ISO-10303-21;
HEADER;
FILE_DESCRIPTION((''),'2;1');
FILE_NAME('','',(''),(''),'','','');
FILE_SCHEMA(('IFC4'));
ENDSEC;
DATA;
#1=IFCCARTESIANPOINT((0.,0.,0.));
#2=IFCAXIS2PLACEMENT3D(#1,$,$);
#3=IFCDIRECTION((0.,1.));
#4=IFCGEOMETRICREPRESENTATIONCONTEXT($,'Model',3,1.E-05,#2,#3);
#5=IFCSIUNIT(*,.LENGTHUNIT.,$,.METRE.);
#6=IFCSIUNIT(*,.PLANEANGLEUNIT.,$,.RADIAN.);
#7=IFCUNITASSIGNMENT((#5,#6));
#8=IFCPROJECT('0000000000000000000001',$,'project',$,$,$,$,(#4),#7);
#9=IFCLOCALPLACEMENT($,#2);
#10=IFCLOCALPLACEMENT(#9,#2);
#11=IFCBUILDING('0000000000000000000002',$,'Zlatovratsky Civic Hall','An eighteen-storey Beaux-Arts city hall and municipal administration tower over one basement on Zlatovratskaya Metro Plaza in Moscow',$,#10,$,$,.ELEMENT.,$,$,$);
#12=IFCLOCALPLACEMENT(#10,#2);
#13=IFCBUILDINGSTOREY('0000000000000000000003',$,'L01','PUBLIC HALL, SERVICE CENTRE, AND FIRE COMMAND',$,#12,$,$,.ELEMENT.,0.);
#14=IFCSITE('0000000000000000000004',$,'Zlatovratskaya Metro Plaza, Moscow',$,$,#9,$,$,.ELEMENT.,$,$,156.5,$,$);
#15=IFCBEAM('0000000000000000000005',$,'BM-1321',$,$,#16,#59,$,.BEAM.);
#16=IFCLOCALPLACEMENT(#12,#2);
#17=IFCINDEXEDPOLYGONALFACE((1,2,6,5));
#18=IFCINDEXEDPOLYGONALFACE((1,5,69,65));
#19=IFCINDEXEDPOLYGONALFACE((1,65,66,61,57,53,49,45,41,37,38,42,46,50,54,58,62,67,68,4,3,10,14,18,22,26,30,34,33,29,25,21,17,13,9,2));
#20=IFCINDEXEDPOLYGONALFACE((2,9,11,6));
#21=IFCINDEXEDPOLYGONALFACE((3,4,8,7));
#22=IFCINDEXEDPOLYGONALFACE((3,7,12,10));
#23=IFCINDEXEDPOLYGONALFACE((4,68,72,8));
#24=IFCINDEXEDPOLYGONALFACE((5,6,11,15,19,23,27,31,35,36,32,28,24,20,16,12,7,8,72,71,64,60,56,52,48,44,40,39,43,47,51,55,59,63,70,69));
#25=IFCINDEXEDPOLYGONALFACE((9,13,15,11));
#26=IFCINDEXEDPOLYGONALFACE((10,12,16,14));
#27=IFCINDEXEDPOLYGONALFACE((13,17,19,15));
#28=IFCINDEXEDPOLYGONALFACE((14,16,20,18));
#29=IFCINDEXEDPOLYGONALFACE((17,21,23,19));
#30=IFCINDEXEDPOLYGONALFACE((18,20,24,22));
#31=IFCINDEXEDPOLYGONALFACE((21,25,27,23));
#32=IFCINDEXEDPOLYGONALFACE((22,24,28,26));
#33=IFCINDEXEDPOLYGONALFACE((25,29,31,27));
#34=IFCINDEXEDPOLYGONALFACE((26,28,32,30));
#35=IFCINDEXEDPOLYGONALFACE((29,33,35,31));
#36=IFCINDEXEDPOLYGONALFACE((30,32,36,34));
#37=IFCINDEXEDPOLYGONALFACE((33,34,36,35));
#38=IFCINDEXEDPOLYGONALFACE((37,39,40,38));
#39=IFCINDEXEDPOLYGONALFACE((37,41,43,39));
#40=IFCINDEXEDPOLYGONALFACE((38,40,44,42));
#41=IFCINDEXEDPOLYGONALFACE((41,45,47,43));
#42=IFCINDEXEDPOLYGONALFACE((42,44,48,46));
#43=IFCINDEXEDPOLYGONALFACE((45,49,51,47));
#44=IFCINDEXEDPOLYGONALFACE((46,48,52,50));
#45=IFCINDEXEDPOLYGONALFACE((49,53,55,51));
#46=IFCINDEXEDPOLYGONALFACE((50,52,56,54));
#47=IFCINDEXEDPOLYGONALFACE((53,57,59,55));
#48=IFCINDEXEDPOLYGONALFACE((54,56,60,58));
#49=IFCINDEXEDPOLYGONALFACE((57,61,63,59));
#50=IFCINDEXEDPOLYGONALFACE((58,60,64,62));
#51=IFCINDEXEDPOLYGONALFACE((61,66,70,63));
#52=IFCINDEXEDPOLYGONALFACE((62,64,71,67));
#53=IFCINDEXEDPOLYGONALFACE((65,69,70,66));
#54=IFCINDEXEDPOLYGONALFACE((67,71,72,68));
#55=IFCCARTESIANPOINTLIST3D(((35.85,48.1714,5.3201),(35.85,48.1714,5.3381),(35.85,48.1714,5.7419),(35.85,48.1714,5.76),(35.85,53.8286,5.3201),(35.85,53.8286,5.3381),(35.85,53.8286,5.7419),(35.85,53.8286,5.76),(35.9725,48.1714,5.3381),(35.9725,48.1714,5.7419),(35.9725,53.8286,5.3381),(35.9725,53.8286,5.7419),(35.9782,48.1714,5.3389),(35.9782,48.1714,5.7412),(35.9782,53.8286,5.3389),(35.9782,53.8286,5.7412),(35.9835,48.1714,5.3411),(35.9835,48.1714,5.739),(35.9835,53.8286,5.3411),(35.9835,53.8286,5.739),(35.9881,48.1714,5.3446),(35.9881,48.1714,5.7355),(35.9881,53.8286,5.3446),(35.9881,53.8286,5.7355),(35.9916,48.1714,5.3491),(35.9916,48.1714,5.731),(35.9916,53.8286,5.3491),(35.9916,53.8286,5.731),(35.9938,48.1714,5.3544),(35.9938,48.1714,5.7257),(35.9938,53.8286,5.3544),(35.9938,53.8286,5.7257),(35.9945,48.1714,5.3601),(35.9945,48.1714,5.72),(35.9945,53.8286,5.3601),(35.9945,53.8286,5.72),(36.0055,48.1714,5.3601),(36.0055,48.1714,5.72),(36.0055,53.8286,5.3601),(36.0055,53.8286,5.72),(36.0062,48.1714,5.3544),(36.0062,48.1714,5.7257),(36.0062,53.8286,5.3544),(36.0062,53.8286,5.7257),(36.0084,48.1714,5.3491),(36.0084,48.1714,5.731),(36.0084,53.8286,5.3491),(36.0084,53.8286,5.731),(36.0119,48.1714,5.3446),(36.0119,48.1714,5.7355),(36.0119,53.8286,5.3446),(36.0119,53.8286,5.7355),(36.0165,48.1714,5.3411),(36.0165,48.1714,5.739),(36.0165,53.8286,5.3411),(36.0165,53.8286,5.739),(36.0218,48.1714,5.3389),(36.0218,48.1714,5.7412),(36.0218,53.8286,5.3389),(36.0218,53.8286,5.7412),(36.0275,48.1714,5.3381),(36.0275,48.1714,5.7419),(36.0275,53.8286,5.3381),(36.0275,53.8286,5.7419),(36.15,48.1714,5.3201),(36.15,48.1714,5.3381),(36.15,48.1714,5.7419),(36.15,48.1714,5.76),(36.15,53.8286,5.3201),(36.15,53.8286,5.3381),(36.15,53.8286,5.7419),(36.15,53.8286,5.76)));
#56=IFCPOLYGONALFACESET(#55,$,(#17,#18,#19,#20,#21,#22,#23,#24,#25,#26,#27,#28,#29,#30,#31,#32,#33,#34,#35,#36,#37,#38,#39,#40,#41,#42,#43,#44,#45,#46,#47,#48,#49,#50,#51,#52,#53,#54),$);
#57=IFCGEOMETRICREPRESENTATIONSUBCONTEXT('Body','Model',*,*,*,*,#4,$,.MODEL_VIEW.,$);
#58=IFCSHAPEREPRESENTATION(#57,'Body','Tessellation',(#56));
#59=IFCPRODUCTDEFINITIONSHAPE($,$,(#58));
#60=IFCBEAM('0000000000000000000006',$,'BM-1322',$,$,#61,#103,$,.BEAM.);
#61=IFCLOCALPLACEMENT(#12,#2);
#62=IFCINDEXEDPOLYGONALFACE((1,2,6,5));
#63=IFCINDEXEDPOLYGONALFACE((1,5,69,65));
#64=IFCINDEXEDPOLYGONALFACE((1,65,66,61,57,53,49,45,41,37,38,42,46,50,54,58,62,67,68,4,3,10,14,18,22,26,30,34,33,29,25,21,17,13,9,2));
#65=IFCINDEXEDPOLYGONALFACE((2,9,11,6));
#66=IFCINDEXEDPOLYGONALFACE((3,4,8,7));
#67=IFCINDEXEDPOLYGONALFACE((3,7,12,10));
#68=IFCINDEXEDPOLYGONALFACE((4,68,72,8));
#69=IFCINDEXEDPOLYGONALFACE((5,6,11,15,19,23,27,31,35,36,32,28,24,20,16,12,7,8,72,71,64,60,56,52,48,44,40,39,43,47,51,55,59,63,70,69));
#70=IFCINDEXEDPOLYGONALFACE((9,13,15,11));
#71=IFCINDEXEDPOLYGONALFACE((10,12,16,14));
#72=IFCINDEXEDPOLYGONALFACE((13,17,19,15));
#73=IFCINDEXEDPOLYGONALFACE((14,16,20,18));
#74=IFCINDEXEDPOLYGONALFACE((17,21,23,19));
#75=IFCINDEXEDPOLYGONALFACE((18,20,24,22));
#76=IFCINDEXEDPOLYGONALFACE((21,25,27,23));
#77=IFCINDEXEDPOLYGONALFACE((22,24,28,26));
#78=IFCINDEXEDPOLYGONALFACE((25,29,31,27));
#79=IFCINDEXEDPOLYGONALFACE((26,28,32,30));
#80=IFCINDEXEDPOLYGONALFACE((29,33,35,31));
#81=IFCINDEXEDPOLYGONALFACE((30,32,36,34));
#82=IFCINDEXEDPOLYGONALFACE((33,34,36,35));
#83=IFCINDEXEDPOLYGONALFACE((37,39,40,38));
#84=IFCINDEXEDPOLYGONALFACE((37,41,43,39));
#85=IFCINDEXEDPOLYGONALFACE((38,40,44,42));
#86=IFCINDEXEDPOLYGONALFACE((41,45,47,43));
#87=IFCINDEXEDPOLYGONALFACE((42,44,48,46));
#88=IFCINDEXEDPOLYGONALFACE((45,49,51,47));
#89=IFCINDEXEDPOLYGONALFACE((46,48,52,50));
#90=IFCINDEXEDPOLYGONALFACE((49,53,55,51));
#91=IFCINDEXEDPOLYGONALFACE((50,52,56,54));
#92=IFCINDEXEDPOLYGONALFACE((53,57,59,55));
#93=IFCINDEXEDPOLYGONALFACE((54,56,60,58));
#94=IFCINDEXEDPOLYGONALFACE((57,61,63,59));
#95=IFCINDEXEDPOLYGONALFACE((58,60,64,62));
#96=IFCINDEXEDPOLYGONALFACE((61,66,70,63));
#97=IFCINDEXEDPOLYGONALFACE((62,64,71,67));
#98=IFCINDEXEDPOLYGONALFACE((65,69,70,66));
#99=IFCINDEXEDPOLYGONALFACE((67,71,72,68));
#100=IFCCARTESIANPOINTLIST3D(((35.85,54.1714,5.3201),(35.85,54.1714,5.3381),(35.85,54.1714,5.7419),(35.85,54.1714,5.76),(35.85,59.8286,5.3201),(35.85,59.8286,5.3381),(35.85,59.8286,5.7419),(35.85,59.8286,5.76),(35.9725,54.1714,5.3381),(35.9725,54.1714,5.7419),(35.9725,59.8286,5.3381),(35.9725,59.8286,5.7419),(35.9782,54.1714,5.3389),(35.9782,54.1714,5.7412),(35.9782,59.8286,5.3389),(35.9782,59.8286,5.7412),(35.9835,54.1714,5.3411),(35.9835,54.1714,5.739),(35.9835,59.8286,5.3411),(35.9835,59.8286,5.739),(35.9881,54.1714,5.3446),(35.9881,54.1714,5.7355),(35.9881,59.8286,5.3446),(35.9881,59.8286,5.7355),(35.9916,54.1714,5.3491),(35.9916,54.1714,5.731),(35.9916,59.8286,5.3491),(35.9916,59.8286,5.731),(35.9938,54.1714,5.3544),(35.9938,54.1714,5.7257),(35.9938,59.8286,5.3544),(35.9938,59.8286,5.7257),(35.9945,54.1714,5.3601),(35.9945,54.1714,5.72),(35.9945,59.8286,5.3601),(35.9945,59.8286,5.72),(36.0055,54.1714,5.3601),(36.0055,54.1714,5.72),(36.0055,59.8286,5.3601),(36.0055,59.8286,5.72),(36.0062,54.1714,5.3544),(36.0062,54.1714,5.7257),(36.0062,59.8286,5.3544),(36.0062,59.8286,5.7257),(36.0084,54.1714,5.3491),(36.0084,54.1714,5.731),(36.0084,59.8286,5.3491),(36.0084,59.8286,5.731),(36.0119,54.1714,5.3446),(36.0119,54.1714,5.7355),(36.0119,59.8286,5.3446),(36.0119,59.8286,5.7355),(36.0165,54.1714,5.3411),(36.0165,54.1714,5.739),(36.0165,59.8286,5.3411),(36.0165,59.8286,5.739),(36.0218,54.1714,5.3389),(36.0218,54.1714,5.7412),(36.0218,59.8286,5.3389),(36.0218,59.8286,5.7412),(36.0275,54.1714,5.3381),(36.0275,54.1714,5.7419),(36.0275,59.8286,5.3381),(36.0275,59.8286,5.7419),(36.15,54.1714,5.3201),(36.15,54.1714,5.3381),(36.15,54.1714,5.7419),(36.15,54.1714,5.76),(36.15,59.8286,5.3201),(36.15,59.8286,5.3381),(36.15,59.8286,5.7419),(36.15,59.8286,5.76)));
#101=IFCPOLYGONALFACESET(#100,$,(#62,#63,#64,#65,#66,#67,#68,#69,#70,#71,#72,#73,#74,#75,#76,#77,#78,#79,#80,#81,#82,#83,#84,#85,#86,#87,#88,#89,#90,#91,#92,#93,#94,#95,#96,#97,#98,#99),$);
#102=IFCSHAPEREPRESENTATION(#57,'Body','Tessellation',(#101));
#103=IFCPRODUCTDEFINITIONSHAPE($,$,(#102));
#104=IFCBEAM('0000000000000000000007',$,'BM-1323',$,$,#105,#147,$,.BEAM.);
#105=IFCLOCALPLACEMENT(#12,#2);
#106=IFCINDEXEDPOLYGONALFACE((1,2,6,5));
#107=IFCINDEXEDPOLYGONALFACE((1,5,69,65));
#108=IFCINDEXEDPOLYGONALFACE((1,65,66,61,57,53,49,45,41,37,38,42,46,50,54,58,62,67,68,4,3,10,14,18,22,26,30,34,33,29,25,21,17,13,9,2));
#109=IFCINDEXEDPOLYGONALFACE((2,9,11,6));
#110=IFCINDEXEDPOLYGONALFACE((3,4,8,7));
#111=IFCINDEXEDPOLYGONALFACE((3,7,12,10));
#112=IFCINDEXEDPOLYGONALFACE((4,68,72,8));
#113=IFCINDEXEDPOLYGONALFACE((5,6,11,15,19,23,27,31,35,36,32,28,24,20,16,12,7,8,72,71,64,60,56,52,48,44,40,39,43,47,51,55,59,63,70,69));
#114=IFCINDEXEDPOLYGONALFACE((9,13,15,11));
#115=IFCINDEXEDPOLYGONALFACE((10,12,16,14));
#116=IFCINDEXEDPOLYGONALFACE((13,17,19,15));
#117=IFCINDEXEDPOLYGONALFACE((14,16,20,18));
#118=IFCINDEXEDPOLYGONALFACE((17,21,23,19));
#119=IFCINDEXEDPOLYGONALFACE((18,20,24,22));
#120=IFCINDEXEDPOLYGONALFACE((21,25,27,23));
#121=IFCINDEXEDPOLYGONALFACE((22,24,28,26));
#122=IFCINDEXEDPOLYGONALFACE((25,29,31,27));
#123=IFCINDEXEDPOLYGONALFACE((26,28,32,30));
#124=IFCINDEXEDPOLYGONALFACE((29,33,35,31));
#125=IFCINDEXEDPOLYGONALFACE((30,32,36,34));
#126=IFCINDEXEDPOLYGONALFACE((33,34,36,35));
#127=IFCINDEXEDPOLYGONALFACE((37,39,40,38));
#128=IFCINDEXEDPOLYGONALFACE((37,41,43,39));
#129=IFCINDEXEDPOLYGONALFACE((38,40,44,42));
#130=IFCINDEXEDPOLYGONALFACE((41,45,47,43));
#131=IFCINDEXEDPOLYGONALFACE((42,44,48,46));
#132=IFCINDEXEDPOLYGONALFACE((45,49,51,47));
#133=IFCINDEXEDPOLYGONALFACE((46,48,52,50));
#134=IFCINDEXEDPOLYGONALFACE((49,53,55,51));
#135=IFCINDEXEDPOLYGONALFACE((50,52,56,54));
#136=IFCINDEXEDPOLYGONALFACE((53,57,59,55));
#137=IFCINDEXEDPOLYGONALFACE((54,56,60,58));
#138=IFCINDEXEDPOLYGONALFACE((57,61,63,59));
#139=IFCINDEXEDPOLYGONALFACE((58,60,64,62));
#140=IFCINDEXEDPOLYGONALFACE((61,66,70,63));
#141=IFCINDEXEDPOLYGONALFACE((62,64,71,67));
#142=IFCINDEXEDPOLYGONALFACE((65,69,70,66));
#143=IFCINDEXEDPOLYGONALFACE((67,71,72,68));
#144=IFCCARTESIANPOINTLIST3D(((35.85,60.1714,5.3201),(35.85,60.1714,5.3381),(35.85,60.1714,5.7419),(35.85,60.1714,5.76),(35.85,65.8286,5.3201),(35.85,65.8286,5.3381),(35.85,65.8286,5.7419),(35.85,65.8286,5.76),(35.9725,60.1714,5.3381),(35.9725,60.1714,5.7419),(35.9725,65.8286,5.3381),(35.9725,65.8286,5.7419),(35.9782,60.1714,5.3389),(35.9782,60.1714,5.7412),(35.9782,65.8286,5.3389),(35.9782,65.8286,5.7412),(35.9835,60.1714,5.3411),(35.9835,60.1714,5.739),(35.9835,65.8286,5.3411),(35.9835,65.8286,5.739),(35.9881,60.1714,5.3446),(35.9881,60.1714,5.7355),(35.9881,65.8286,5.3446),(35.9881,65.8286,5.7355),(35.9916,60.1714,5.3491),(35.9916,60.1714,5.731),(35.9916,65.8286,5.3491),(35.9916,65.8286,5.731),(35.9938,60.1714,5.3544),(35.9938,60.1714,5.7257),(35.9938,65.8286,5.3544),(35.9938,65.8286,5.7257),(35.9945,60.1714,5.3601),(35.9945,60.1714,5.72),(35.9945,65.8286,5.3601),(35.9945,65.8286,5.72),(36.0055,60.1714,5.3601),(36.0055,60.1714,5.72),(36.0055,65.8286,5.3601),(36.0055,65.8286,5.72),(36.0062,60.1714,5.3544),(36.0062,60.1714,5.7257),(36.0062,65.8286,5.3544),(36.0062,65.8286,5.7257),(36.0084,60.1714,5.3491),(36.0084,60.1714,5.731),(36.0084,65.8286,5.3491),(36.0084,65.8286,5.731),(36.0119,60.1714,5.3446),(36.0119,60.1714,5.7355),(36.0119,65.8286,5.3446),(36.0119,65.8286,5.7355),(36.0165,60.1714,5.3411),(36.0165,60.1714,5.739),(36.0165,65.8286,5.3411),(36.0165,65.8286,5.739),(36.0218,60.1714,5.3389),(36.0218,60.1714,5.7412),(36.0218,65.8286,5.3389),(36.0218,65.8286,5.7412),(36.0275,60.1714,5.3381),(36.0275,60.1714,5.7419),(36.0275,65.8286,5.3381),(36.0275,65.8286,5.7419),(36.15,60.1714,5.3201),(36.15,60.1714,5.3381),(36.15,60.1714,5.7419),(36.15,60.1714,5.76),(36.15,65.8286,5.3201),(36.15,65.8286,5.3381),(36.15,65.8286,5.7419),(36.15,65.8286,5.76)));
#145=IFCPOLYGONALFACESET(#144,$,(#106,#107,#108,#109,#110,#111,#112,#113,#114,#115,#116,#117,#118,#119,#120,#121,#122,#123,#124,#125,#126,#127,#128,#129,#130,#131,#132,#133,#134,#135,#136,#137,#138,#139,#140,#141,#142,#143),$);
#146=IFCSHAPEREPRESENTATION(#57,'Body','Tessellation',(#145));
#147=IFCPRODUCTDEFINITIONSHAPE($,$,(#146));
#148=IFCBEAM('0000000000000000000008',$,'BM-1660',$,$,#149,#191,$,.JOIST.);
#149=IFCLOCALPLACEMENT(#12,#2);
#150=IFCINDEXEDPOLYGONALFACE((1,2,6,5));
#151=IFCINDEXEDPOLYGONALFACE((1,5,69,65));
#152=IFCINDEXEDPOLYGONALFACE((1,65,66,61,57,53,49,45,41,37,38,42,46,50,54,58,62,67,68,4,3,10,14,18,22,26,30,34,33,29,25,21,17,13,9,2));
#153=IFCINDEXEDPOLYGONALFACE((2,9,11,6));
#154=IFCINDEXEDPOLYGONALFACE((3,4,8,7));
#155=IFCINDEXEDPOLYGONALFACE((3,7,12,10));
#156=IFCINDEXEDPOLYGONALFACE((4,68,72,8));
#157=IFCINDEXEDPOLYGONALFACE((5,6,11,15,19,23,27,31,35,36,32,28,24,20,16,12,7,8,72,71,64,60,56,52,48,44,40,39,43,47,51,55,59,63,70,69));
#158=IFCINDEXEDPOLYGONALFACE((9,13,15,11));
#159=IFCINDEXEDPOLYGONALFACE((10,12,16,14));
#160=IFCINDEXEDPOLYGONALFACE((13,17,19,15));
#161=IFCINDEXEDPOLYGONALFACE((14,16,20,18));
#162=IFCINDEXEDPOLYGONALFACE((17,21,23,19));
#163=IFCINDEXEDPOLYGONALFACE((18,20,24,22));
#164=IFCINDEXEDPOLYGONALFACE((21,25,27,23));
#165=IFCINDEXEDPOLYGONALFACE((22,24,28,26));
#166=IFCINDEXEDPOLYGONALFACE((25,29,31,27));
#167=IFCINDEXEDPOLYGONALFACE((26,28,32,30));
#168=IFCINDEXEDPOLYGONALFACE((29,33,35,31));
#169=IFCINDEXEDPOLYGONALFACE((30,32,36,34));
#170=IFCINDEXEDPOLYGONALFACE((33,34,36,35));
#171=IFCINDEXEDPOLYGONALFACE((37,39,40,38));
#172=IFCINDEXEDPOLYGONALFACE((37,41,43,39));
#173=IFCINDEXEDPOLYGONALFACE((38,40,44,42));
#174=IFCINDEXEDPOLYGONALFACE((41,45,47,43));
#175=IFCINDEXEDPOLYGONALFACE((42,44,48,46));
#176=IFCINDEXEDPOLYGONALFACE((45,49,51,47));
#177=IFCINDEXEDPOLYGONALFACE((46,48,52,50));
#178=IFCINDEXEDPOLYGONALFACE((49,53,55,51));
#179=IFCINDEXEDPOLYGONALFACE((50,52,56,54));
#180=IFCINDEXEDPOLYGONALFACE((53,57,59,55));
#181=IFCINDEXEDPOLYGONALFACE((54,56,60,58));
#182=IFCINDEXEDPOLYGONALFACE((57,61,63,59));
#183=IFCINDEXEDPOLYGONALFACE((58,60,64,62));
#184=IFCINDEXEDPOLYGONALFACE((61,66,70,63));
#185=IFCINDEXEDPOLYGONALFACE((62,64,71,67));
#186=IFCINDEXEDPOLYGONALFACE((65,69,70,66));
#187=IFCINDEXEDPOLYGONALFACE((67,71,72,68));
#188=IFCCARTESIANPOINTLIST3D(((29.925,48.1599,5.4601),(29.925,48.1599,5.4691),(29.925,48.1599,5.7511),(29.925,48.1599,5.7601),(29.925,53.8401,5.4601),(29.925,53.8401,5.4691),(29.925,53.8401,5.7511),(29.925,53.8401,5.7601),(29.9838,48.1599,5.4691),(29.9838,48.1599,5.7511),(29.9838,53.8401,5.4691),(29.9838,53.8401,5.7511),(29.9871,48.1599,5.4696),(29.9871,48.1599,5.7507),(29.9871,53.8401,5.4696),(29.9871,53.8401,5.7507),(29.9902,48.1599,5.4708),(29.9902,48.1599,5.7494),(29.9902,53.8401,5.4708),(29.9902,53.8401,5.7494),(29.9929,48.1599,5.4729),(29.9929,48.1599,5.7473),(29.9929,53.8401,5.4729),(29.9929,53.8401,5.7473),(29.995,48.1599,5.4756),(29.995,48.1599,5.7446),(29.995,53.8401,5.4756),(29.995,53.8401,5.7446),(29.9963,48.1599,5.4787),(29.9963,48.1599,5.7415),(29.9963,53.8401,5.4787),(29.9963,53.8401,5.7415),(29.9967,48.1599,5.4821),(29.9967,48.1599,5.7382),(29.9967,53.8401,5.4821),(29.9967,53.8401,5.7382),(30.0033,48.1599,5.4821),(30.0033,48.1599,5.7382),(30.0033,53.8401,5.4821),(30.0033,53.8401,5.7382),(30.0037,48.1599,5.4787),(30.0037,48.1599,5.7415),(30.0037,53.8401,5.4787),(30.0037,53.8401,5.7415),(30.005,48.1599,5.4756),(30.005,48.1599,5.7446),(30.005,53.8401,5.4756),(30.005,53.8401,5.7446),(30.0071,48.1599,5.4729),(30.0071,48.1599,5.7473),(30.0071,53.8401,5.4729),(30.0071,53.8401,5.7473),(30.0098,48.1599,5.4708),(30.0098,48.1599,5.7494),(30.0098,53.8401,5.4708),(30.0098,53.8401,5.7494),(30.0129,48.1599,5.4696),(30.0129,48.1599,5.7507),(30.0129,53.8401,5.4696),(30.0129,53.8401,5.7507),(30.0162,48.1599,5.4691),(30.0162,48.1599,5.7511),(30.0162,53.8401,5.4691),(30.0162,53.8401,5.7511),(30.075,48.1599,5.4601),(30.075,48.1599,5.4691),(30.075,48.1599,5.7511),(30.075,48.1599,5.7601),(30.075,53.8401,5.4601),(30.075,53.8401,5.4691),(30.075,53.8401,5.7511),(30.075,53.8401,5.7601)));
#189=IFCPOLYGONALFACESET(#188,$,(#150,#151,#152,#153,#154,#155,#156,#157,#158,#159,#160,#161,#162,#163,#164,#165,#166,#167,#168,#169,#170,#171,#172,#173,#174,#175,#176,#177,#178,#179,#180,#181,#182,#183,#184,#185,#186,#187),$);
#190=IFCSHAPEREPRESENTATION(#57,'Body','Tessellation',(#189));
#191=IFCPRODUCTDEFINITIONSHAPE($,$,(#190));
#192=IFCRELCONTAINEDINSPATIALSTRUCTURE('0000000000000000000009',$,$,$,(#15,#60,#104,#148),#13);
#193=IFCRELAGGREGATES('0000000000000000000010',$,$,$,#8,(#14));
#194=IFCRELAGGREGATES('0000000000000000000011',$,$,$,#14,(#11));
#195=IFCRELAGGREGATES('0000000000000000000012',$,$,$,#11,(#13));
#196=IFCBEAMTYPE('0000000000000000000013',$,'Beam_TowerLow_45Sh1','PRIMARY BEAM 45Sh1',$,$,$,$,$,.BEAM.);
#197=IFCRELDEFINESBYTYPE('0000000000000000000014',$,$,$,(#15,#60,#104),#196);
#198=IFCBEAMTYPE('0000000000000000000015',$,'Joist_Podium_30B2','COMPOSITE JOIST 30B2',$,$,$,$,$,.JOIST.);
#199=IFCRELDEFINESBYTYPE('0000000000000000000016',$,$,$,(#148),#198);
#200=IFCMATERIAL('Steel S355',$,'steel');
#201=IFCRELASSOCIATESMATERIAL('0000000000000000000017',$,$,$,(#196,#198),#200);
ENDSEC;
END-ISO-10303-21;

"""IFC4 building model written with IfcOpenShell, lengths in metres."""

from ifc_helpers import new_model, si_unit, direction, frame, origin, origin_2d, place, context, subcontext, project, spatial, i_section, extrude, material, material_profile, profile_set, type_object, element, save


model = new_model("IFC4")

# Units and contexts
model_context = context("Model", 3, precision=1e-05, world=origin(), true_north=direction((0.0, 1.0)))
body_context = subcontext(model_context, "Body", "Model", "MODEL_VIEW")
ifc_project = project(units=[si_unit("LENGTHUNIT", "METRE"), si_unit("PLANEANGLEUNIT", "RADIAN")], contexts=[model_context])

# Site, building, storey
site_placement = place(None, origin())
site = spatial("IfcSite", under=ifc_project, at=site_placement, Name="Zlatovratskaya Metro Plaza, Moscow", CompositionType="ELEMENT", RefElevation=156.5)
building_placement = place(site_placement, origin())
building = spatial("IfcBuilding", under=site, at=building_placement, Name="Zlatovratsky Civic Hall", Description="An eighteen-storey Beaux-Arts city hall and municipal administration tower over one basement on Zlatovratskaya Metro Plaza in Moscow", CompositionType="ELEMENT")
storey_placement = place(building_placement, origin())
storey = spatial("IfcBuildingStorey", under=building, at=storey_placement, Name="L01", Description="PUBLIC HALL, SERVICE CENTRE, AND FIRE COMMAND", CompositionType="ELEMENT", Elevation=0.0)

# Shared definitions
ifc_material = material(Name="Steel S355", Category="steel")

# Beams
ifc_material_profile_1 = material_profile(ifc_material, i_section(OverallWidth=0.3, OverallDepth=0.4399, WebThickness=0.011, FlangeThickness=0.0181, FilletRadius=0.022, at=origin_2d()), Name="45Sh1")
ifc_profile_set_1 = profile_set([ifc_material_profile_1], Name="Steel S355")
beam_type_1 = type_object("IfcBeamType", Name="Beam_TowerLow_45Sh1", Description="PRIMARY BEAM 45Sh1", PredefinedType="BEAM", material=ifc_profile_set_1)
for number, where, z_axis, x_axis, name in (
    (1, (36.0, 48.1714, 5.54), (0.0, 1.0, 0.0), (-1.0, 0.0, 0.0), "BM-1321"),
    (2, (36.0, 54.1714, 5.54), (0.0, 1.0, 0.0), (-1.0, 0.0, 0.0), "BM-1322"),
    (3, (36.0, 60.1714, 5.54), (0.0, 1.0, 0.0), (-1.0, 0.0, 0.0), "BM-1323"),
):
    element("IfcBeam", number, at=place(storey_placement, frame(where, z_axis=z_axis, x_axis=x_axis)), inside=storey, type_object=beam_type_1, Name=name, PredefinedType="BEAM", context=body_context, shape_type="SweptSolid", body=[
        extrude(i_section(OverallWidth=0.3, OverallDepth=0.4399, WebThickness=0.011, FlangeThickness=0.0181, FilletRadius=0.022, at=origin_2d()), origin(), (0.0, 0.0, 1.0), 5.6572),
    ])
ifc_material_profile_2 = material_profile(ifc_material, i_section(OverallWidth=0.1499, OverallDepth=0.3, WebThickness=0.0066, FlangeThickness=0.009, FilletRadius=0.0129, at=origin_2d()), Name="30B2")
ifc_profile_set_2 = profile_set([ifc_material_profile_2], Name="Steel S355")
beam_type_2 = type_object("IfcBeamType", Name="Joist_Podium_30B2", Description="COMPOSITE JOIST 30B2", PredefinedType="JOIST", material=ifc_profile_set_2)
for number, where, z_axis, x_axis, name in (
    (4, (30.0, 48.1599, 5.6101), (0.0, 1.0, 0.0), (-1.0, 0.0, 0.0), "BM-1660"),
):
    element("IfcBeam", number, at=place(storey_placement, frame(where, z_axis=z_axis, x_axis=x_axis)), inside=storey, type_object=beam_type_2, Name=name, PredefinedType="JOIST", context=body_context, shape_type="SweptSolid", body=[
        extrude(i_section(OverallWidth=0.1499, OverallDepth=0.3, WebThickness=0.0066, FlangeThickness=0.009, FilletRadius=0.0129, at=origin_2d()), origin(), (0.0, 0.0, 1.0), 5.6802),
    ])

save(model, "model.ifc")
